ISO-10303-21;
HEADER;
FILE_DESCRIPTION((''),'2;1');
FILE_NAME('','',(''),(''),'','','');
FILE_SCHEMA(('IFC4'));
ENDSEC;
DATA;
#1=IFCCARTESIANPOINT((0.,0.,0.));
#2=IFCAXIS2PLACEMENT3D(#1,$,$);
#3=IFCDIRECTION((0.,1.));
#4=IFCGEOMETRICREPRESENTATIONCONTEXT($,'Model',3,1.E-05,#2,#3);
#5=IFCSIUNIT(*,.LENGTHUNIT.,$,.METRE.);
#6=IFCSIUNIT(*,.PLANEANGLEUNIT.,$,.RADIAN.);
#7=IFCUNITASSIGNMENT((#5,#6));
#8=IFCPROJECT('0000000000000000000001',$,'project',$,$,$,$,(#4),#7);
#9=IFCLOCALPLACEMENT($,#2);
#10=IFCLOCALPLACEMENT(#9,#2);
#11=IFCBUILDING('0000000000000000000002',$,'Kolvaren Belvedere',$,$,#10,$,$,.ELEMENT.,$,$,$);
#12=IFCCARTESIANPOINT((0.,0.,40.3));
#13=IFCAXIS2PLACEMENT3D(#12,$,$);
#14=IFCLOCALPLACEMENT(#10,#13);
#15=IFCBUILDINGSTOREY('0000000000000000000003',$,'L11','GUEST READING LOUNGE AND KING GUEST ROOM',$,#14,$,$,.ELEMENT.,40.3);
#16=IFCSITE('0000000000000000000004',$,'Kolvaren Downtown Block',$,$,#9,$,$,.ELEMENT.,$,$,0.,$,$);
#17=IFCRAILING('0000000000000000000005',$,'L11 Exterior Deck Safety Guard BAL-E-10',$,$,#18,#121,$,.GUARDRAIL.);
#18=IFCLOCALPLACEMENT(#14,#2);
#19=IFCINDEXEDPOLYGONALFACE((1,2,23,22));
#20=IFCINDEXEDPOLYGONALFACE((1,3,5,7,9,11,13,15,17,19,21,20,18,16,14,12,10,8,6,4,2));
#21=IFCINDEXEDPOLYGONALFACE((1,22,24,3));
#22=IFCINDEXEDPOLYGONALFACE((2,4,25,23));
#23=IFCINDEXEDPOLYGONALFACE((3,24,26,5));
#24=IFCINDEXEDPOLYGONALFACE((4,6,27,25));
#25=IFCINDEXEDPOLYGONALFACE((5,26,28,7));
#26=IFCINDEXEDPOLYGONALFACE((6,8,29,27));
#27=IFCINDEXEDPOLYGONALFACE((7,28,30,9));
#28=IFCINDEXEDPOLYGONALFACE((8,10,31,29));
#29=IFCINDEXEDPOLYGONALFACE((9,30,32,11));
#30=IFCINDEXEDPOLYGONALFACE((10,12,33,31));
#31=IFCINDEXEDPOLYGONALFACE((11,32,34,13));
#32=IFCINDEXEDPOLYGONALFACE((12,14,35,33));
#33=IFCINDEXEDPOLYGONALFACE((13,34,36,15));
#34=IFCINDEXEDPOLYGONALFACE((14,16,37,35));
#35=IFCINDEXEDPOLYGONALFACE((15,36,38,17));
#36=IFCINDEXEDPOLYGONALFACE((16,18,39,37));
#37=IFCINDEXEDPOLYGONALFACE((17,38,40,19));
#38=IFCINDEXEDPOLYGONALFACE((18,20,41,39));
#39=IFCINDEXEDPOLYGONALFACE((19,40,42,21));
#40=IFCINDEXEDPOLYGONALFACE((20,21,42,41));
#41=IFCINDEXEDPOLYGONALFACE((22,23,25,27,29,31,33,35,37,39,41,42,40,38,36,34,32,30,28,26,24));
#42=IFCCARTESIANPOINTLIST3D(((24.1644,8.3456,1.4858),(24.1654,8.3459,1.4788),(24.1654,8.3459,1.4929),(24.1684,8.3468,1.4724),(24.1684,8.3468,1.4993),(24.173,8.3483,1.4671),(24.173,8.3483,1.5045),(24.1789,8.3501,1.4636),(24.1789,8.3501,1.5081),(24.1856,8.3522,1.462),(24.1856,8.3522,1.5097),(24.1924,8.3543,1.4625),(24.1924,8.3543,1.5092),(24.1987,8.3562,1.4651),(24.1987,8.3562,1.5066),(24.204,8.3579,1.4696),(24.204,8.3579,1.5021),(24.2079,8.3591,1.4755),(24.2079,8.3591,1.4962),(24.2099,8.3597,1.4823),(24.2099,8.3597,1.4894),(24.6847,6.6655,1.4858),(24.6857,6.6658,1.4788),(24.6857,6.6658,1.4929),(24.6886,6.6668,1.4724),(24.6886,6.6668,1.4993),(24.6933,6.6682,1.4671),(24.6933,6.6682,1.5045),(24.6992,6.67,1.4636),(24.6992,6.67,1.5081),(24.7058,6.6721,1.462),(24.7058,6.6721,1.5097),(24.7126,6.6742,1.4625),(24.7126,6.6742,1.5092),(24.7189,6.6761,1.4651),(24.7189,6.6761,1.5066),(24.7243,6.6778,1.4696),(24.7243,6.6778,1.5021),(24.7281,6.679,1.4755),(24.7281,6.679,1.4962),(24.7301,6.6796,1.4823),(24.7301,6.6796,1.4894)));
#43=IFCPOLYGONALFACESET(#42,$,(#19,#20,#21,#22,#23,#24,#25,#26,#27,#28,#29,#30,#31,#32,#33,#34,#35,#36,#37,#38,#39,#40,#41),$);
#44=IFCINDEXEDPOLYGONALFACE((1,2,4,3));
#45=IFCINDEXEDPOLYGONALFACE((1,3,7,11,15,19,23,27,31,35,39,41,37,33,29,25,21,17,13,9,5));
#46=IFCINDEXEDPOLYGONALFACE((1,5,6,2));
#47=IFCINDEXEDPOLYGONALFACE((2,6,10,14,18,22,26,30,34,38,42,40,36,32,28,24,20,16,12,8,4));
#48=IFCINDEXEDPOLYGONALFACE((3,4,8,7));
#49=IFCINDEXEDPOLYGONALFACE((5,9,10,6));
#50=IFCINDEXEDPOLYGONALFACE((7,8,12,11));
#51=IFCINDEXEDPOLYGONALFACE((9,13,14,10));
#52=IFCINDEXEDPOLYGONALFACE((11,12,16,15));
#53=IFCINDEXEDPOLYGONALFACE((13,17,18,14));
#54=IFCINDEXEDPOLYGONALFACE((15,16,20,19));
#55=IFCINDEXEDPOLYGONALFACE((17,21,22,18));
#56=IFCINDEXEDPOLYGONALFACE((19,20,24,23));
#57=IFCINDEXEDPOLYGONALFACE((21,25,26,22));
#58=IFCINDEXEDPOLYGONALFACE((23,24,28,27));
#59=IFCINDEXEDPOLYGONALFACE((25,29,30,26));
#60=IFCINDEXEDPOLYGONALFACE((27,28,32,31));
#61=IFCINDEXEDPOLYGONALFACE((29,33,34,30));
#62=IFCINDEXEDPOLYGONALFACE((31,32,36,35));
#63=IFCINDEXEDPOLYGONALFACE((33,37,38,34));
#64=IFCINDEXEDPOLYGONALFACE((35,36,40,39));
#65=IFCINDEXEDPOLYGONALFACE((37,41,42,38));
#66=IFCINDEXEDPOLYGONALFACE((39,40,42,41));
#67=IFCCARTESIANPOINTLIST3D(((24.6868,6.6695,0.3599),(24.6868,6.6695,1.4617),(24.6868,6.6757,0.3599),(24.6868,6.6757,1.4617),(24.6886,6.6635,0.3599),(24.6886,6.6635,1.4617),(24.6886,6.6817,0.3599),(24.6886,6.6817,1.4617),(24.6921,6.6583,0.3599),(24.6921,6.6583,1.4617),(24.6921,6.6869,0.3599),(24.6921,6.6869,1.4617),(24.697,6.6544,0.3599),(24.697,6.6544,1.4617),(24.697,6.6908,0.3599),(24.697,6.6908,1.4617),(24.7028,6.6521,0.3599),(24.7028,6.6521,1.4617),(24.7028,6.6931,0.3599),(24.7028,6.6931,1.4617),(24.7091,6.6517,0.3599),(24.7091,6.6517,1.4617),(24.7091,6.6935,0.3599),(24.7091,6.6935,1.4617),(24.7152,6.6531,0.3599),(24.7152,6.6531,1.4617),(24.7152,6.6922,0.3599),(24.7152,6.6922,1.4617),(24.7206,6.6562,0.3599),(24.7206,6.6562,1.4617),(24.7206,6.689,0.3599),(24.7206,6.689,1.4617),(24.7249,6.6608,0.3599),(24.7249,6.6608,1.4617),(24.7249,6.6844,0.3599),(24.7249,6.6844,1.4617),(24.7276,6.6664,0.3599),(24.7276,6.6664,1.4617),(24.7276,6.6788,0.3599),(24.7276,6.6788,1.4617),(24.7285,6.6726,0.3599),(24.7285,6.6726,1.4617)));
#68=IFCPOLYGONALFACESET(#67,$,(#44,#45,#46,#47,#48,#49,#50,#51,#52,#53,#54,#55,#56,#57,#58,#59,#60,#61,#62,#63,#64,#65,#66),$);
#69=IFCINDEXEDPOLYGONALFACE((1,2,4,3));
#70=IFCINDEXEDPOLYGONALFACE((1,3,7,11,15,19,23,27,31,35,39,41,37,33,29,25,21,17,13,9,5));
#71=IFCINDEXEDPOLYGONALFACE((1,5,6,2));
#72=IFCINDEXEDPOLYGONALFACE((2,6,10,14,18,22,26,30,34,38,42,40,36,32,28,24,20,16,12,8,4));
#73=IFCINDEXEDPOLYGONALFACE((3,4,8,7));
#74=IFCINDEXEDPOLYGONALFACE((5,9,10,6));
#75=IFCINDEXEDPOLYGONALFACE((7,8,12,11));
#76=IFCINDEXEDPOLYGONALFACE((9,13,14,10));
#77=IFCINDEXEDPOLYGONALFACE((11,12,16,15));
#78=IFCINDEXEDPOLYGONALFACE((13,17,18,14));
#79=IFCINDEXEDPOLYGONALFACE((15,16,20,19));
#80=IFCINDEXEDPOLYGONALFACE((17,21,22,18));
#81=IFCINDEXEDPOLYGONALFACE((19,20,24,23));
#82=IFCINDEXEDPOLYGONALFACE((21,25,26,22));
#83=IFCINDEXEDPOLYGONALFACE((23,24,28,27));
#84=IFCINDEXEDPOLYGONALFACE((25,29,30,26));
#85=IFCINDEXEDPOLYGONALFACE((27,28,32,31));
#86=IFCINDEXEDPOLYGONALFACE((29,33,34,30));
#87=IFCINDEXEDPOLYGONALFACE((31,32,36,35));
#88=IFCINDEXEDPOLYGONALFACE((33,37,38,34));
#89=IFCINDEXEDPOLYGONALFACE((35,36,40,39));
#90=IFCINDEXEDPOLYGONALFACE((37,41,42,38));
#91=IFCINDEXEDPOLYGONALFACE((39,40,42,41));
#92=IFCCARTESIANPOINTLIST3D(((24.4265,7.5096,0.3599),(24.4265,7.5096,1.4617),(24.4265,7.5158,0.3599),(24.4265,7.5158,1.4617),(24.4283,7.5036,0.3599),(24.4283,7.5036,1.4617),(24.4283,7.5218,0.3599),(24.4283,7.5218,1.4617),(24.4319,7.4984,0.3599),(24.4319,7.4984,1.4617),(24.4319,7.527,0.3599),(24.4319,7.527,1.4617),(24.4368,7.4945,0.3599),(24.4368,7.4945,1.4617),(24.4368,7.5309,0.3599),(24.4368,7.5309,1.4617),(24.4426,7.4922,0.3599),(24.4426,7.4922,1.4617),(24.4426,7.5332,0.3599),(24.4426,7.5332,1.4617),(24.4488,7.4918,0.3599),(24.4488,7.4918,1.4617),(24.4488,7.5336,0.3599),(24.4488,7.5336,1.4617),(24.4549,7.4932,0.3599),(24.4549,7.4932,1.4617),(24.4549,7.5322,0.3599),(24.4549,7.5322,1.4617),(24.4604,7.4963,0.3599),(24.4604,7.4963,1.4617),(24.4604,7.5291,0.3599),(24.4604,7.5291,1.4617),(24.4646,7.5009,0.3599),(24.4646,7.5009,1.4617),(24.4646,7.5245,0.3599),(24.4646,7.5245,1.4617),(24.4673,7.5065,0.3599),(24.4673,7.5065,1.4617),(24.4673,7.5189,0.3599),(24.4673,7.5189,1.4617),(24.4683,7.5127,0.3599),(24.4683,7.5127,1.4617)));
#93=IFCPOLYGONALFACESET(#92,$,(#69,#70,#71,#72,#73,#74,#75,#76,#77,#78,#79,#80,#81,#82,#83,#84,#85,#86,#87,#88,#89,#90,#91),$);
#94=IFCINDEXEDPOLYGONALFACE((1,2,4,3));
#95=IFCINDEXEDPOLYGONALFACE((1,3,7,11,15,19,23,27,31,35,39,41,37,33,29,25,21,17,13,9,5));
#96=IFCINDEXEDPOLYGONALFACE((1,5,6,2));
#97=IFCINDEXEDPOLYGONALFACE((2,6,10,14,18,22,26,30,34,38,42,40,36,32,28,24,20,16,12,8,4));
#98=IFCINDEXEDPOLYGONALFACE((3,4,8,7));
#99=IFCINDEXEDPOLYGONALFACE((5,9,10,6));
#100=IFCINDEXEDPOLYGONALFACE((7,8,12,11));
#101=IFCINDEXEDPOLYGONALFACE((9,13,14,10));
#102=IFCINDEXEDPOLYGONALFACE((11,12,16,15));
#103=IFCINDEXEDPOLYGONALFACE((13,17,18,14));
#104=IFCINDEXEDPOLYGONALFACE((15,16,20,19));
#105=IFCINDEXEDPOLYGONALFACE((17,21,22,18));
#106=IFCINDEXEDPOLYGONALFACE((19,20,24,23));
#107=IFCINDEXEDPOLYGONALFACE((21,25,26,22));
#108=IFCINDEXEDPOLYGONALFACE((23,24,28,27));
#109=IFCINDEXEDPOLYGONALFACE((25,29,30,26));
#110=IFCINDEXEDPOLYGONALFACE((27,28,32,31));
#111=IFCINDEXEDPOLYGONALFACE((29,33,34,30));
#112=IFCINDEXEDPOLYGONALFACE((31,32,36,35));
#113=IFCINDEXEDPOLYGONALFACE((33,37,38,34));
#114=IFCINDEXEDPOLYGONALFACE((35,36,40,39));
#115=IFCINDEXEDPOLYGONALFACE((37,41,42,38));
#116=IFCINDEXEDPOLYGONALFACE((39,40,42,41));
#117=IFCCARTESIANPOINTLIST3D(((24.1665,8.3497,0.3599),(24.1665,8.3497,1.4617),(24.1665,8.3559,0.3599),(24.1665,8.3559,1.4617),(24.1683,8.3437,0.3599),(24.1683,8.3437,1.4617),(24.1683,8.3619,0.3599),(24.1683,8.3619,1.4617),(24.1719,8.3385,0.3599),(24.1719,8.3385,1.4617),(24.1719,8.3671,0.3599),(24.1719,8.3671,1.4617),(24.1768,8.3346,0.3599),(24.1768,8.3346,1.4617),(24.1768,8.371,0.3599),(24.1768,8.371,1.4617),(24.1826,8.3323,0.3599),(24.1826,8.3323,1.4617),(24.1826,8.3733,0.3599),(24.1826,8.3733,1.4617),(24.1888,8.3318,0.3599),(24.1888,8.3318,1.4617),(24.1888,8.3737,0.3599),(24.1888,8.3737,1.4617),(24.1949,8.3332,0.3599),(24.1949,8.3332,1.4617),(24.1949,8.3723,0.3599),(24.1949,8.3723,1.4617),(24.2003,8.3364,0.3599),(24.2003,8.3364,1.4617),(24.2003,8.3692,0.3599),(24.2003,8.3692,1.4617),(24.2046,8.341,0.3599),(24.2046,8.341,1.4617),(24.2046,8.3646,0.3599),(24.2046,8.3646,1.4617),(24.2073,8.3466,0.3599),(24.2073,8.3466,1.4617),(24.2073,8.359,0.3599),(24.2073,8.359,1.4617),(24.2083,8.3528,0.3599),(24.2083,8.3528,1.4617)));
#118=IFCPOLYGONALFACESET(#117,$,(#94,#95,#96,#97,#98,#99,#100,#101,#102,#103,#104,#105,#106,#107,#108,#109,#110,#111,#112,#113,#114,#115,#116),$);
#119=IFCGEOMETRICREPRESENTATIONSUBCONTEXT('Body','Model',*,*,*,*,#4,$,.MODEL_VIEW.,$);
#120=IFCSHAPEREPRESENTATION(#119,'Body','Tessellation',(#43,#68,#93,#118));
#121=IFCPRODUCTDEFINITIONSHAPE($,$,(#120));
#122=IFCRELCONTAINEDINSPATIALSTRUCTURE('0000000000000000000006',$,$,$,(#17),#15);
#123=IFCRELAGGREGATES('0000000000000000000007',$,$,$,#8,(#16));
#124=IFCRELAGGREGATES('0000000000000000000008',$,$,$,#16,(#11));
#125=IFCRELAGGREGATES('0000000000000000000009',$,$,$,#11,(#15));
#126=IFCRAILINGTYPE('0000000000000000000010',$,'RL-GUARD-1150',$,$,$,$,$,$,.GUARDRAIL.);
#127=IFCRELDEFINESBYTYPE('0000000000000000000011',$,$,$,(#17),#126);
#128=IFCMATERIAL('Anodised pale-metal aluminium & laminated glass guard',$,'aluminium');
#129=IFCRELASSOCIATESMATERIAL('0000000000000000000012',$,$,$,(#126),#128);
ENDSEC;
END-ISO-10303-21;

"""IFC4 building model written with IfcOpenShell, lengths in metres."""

from ifc_helpers import new_model, si_unit, direction, frame, origin, origin_2d, place, context, subcontext, project, spatial, circle, extrude, material, type_object, element, save


model = new_model("IFC4")

# Units and contexts
model_context = context("Model", 3, precision=1e-05, world=origin(), true_north=direction((0.0, 1.0)))
body_context = subcontext(model_context, "Body", "Model", "MODEL_VIEW")
ifc_project = project(units=[si_unit("LENGTHUNIT", "METRE"), si_unit("PLANEANGLEUNIT", "RADIAN")], contexts=[model_context])

# Site, building, storey
site_placement = place(None, origin())
site = spatial("IfcSite", under=ifc_project, at=site_placement, Name="Kolvaren Downtown Block", CompositionType="ELEMENT", RefElevation=0.0)
building_placement = place(site_placement, origin())
building = spatial("IfcBuilding", under=site, at=building_placement, Name="Kolvaren Belvedere", CompositionType="ELEMENT")
storey_placement = place(building_placement, frame((0.0, 0.0, 40.3)))
storey = spatial("IfcBuildingStorey", under=building, at=storey_placement, Name="L11", Description="GUEST READING LOUNGE AND KING GUEST ROOM", CompositionType="ELEMENT", Elevation=40.3)

# Railing
ifc_material_1 = material(Name="Anodised pale-metal aluminium & laminated glass guard", Category="aluminium")
railing_type = type_object("IfcRailingType", Name="RL-GUARD-1150", PredefinedType="GUARDRAIL", material=ifc_material_1)
railing_1_placement = place(storey_placement, frame((24.7075, 6.6726, 0.3599)))
element("IfcRailing", 1, at=railing_1_placement, inside=storey, type_object=railing_type, Name="L11 Exterior Deck Safety Guard BAL-E-10", PredefinedType="GUARDRAIL", context=body_context, shape_type="SweptSolid", body=[
    extrude(circle(Radius=0.0239, at=origin_2d()), frame((0.0, 0.0, 1.126), z_axis=(-0.295792, 0.955252, 0.0), x_axis=(-0.955252, -0.295792, 0.0)), (0.0, 0.0, 1.0), 1.7588),
    extrude(circle(Radius=0.021, at=origin_2d()), origin(), (0.0, 0.0, 1.0), 1.1018),
    extrude(circle(Radius=0.021, at=origin_2d()), frame((-0.2603, 0.8401, 0.0)), (0.0, 0.0, 1.0), 1.1018),
    extrude(circle(Radius=0.021, at=origin_2d()), frame((-0.5203, 1.6802, 0.0)), (0.0, 0.0, 1.0), 1.1018),
])

save(model, "model.ifc")
